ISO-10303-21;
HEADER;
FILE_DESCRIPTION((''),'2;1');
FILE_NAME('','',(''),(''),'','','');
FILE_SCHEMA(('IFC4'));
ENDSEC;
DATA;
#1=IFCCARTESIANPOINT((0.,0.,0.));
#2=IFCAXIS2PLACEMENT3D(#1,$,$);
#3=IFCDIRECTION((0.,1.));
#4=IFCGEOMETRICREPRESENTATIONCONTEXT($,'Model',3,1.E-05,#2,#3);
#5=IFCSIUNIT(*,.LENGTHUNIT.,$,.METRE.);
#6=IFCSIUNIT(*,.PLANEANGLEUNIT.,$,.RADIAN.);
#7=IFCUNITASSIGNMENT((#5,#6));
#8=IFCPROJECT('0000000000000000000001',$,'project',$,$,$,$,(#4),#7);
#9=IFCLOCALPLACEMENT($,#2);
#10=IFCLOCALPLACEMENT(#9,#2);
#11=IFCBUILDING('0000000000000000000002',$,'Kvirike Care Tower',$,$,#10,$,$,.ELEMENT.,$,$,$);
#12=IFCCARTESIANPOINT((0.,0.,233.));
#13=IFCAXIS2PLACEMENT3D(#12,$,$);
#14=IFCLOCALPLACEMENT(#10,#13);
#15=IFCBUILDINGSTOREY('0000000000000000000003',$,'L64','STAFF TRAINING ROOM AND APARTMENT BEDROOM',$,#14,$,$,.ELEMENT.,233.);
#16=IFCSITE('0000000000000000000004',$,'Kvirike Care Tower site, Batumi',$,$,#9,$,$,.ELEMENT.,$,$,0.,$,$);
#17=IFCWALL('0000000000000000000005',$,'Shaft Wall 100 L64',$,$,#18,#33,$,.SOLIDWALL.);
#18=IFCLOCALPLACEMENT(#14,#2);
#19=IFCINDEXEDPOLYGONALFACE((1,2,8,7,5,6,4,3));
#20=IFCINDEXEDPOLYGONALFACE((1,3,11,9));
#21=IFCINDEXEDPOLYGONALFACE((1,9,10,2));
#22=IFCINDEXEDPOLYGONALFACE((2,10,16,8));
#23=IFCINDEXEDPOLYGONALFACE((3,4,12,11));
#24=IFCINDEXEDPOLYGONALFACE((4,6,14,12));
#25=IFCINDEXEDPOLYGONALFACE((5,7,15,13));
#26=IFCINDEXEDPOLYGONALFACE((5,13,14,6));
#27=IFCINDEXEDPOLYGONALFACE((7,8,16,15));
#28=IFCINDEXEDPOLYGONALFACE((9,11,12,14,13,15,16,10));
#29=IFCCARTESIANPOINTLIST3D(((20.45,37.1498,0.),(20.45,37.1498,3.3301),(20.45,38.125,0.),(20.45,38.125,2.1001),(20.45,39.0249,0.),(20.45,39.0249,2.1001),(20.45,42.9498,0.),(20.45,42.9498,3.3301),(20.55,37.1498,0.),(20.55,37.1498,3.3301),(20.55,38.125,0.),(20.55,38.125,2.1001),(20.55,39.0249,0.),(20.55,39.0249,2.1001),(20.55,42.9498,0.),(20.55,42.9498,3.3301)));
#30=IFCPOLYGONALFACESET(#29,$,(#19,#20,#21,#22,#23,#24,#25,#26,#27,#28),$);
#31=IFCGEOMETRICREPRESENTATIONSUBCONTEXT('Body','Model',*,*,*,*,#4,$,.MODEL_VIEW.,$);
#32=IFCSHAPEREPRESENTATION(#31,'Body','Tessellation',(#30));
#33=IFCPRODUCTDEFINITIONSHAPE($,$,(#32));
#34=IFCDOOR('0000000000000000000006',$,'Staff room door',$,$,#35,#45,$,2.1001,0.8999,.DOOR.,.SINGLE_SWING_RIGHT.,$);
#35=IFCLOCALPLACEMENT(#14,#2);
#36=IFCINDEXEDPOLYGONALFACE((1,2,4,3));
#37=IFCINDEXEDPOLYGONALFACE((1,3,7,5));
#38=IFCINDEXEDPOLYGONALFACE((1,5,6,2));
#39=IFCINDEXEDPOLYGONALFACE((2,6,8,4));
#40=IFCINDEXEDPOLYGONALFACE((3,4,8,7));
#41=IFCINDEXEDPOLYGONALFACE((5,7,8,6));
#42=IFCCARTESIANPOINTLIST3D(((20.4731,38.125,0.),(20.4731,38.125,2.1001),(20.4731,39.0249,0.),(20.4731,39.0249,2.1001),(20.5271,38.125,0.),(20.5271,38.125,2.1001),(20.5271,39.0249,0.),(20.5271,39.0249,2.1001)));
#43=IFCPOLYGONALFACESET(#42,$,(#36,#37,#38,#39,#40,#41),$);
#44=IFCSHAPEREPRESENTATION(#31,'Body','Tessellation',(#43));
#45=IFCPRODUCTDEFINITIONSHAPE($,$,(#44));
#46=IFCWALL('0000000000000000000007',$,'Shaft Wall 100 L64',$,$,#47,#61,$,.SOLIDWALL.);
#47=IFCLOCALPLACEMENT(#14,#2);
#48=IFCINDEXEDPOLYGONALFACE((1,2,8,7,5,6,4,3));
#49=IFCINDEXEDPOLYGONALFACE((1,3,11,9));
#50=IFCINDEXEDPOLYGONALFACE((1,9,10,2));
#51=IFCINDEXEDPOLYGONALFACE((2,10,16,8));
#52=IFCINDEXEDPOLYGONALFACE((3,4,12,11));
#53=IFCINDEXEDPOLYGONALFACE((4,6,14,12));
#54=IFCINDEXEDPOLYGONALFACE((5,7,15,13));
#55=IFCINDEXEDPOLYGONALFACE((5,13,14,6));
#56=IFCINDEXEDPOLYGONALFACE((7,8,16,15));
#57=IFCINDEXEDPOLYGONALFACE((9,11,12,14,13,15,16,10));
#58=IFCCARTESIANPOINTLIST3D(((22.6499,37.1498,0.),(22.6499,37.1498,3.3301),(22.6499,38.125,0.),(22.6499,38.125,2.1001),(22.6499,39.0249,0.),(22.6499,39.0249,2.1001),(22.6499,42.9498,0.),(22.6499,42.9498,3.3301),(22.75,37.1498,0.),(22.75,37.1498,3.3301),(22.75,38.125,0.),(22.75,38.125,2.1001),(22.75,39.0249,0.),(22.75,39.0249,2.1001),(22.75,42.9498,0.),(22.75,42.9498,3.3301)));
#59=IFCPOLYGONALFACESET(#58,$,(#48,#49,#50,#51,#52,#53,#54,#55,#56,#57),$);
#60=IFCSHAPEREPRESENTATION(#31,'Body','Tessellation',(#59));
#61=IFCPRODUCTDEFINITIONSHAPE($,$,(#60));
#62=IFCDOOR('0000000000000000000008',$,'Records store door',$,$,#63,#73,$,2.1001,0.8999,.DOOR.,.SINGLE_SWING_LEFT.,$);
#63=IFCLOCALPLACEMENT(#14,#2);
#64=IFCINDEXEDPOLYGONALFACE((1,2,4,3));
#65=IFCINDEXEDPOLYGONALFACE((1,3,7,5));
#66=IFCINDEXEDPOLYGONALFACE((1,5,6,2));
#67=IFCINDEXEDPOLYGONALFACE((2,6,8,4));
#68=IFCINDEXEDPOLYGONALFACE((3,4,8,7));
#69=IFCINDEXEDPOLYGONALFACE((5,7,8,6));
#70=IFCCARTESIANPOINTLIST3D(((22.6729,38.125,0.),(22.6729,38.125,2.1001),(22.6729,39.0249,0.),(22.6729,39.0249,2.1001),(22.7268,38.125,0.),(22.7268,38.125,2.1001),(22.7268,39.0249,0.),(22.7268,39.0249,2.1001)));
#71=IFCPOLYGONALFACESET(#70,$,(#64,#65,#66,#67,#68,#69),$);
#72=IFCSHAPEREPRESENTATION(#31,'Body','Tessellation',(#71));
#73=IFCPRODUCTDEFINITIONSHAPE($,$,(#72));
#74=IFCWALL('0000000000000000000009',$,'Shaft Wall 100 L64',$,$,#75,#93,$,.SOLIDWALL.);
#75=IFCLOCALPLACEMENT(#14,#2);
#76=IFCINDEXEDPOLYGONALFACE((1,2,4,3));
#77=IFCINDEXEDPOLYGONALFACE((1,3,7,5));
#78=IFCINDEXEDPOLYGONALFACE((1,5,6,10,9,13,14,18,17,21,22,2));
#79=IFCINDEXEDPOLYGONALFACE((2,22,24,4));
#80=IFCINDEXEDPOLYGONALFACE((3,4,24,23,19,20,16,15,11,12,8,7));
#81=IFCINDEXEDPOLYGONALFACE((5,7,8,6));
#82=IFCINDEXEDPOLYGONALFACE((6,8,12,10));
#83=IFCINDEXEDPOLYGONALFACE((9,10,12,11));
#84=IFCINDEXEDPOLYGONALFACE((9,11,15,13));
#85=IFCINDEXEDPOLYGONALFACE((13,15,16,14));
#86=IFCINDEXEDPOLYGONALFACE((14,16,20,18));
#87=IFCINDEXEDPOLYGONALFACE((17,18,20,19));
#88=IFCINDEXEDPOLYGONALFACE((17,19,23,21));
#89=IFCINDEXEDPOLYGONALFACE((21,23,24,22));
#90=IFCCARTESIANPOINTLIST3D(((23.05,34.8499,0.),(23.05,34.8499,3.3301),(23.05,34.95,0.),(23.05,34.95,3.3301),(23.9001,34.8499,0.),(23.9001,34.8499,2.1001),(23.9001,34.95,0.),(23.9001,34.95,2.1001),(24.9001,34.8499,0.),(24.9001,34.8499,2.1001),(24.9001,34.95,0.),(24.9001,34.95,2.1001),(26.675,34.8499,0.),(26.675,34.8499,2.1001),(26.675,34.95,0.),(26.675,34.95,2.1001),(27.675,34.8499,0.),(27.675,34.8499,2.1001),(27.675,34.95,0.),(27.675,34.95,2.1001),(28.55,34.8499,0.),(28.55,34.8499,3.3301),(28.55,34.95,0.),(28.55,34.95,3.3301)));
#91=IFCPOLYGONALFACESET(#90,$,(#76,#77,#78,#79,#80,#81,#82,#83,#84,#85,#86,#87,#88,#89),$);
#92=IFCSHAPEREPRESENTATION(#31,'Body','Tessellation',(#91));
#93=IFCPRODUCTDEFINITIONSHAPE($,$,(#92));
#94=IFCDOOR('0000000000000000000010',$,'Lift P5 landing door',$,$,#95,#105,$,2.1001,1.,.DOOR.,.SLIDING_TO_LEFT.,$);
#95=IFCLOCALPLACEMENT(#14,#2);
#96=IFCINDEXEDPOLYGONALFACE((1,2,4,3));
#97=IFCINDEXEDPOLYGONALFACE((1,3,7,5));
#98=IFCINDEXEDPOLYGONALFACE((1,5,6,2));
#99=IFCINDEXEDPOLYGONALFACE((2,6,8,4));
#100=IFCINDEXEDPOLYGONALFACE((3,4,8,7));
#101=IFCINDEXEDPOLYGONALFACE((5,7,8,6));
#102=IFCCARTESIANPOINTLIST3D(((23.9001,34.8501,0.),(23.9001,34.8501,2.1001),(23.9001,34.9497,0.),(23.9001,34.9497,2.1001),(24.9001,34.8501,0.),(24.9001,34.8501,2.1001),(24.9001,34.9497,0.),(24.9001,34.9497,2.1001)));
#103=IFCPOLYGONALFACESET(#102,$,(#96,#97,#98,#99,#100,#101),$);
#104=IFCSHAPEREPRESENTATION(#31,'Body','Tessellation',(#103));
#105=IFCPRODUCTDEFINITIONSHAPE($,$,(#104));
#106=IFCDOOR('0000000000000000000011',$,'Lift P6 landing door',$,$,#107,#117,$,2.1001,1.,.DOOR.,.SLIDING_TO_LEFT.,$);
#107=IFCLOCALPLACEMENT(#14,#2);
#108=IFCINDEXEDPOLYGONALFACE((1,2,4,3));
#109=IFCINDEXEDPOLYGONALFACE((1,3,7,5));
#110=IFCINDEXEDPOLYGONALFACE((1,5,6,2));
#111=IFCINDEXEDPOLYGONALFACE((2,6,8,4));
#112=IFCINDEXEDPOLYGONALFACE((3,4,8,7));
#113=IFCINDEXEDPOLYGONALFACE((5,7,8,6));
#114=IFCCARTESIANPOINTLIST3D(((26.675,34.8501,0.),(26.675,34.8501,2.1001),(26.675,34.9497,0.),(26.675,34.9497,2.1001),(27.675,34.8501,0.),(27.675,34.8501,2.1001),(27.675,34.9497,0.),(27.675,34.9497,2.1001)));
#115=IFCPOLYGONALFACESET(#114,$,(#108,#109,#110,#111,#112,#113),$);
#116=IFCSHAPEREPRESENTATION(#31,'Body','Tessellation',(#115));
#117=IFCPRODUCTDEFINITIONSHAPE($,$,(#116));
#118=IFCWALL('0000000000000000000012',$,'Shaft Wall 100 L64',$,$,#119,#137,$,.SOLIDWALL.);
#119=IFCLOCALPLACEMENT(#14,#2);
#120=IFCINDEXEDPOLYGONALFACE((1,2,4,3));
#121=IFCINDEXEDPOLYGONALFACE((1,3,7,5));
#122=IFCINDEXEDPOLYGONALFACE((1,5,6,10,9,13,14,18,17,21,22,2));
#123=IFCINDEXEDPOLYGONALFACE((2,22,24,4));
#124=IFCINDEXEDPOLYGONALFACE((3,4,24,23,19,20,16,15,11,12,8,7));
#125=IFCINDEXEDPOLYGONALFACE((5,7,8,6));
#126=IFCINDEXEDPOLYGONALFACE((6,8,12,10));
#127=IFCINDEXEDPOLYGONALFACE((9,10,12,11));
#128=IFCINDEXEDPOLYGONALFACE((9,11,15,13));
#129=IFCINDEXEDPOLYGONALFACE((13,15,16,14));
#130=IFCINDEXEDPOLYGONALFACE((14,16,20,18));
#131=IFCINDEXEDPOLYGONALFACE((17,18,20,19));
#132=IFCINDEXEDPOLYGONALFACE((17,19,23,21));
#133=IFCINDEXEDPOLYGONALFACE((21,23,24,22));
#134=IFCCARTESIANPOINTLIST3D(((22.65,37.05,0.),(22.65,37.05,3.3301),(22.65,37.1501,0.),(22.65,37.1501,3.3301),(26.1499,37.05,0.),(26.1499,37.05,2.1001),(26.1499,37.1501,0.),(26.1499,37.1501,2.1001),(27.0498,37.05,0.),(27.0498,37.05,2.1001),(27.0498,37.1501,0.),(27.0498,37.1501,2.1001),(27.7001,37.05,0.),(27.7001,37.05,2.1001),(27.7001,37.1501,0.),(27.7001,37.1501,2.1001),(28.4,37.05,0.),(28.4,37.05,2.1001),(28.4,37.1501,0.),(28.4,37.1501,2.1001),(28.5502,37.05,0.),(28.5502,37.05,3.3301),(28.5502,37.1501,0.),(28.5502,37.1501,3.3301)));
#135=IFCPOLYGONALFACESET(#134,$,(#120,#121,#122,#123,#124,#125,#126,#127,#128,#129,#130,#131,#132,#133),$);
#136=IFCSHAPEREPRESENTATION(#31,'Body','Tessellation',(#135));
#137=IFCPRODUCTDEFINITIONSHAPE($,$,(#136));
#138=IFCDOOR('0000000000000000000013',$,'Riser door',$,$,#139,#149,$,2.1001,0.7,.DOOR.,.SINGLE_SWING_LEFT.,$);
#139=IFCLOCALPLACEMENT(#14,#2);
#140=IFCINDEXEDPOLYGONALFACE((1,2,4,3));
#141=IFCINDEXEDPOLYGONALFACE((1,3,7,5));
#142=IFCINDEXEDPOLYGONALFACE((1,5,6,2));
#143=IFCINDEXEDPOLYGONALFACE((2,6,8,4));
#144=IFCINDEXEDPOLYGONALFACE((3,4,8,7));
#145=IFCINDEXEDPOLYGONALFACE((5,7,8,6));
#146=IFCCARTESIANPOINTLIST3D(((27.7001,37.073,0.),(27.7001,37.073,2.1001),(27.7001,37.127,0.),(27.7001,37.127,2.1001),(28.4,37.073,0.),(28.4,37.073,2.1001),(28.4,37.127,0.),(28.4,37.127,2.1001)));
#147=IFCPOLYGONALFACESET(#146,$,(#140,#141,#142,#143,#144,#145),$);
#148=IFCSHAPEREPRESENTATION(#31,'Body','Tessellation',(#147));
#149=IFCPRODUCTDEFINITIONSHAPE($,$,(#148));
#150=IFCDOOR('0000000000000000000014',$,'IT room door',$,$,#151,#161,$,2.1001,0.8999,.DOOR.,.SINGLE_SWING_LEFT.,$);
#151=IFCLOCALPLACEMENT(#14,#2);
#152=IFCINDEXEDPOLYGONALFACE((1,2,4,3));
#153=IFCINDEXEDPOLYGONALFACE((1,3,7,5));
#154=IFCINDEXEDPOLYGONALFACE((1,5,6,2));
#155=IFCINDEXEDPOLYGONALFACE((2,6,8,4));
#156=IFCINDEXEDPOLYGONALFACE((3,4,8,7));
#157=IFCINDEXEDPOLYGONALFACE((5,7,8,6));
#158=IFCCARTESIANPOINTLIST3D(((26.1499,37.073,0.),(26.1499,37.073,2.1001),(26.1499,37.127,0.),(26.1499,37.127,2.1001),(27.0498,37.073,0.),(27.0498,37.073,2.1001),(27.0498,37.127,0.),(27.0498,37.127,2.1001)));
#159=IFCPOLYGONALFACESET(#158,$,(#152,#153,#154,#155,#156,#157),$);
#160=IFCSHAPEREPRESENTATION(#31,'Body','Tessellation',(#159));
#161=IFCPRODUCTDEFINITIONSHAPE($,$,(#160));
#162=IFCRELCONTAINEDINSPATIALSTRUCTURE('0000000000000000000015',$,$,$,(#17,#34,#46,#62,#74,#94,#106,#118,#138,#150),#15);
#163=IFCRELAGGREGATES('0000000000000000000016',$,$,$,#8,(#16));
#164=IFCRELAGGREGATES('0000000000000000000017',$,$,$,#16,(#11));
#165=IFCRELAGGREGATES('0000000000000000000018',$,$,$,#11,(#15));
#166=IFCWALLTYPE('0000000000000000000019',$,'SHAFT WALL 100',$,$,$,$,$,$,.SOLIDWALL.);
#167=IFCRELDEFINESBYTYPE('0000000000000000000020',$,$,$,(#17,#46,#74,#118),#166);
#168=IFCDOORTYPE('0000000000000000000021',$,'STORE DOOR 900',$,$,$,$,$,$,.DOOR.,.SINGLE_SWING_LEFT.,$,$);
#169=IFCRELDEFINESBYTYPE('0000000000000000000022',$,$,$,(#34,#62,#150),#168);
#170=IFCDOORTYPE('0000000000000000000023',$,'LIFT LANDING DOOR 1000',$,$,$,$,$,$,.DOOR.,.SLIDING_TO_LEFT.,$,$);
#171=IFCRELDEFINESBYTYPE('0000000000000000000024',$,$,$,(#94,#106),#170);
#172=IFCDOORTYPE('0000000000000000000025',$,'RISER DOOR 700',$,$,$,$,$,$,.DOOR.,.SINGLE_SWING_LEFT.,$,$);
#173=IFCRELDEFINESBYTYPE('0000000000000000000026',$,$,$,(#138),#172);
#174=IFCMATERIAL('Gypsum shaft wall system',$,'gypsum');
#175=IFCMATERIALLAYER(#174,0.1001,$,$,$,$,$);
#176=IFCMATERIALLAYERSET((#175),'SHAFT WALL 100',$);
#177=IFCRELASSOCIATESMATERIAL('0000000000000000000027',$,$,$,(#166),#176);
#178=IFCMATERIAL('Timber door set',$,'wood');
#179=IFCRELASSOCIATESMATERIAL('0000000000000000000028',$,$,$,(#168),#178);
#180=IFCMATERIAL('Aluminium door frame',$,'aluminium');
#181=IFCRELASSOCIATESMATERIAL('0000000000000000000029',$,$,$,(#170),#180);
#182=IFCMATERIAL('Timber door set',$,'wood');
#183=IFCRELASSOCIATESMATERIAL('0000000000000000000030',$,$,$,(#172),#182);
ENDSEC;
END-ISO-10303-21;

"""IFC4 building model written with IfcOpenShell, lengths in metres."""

from ifc_helpers import new_model, si_unit, direction, frame, frame_2d, origin, place, context, subcontext, project, spatial, rectangle, extrude, material, layer, layer_set, type_object, element, fill, save


model = new_model("IFC4")

# Units and contexts
model_context = context("Model", 3, precision=1e-05, world=origin(), true_north=direction((0.0, 1.0)))
body_context = subcontext(model_context, "Body", "Model", "MODEL_VIEW")
ifc_project = project(units=[si_unit("LENGTHUNIT", "METRE"), si_unit("PLANEANGLEUNIT", "RADIAN")], contexts=[model_context])

# Site, building, storey
site_placement = place(None, origin())
site = spatial("IfcSite", under=ifc_project, at=site_placement, Name="Kvirike Care Tower site, Batumi", CompositionType="ELEMENT", RefElevation=0.0)
building_placement = place(site_placement, origin())
building = spatial("IfcBuilding", under=site, at=building_placement, Name="Kvirike Care Tower", CompositionType="ELEMENT")
storey_placement = place(building_placement, frame((0.0, 0.0, 233.0)))
storey = spatial("IfcBuildingStorey", under=building, at=storey_placement, Name="L64", Description="STAFF TRAINING ROOM AND APARTMENT BEDROOM", CompositionType="ELEMENT", Elevation=233.0)

# Shared definitions
ifc_material_1 = material(Name="Gypsum shaft wall system", Category="gypsum")
ifc_layer_1 = layer(ifc_material_1, 0.1001)
ifc_layer_set_1 = layer_set([ifc_layer_1], Name="SHAFT WALL 100")
wall_type = type_object("IfcWallType", Name="SHAFT WALL 100", PredefinedType="SOLIDWALL", material=ifc_layer_set_1)

# Walls, openings, doors
wall_1_placement = place(storey_placement, frame((20.5, 37.1499, 0.0), z_axis=(0.0, 0.0, 1.0), x_axis=(0.0, 1.0, 0.0)))
wall_1 = element("IfcWall", 1, at=wall_1_placement, inside=storey, type_object=wall_type, Name="Shaft Wall 100 L64", PredefinedType="SOLIDWALL", context=body_context, shape_type="SweptSolid", body=[
    extrude(rectangle(XDim=5.8, YDim=0.1001, at=frame_2d((2.8999, 0.0))), origin(), (0.0, 0.0, 1.0), 3.3301),
])
opening_1_placement = place(wall_1_placement, frame((0.9751, 0.0, 0.0)))
opening_1 = element("IfcOpeningElement", 2, at=opening_1_placement, cuts=wall_1, PredefinedType="OPENING", context=body_context, shape_type="SweptSolid", body=[
    extrude(rectangle(XDim=0.8999, YDim=2.1001, at=frame_2d((0.45, 1.05))), frame((0.0, 0.0605, 0.0), z_axis=(0.0, -1.0, 0.0), x_axis=(1.0, 0.0, 0.0)), (0.0, 0.0, 1.0), 0.1211),
])
ifc_material_2 = material(Name="Timber door set", Category="wood")
door_type_1 = type_object("IfcDoorType", Name="STORE DOOR 900", OperationType="SINGLE_SWING_LEFT", PredefinedType="DOOR", material=ifc_material_2)
door_1_placement = place(opening_1_placement, origin())
door_1 = element("IfcDoor", 3, at=door_1_placement, inside=storey, type_object=door_type_1, Name="Staff room door", OperationType="SINGLE_SWING_RIGHT", OverallHeight=2.1001, OverallWidth=0.8999, PredefinedType="DOOR", context=body_context, shape_type="SweptSolid", body=[
    extrude(rectangle(XDim=0.8999, YDim=2.1001, at=frame_2d((0.45, 1.05))), frame((0.0, 0.0269, 0.0), z_axis=(0.0, -1.0, 0.0), x_axis=(1.0, 0.0, 0.0)), (0.0, 0.0, 1.0), 0.054),
])
fill(opening_1, door_1)
wall_2_placement = place(storey_placement, frame((22.7, 37.1499, 0.0), z_axis=(0.0, 0.0, 1.0), x_axis=(0.0, 1.0, 0.0)))
wall_2 = element("IfcWall", 4, at=wall_2_placement, inside=storey, type_object=wall_type, Name="Shaft Wall 100 L64", PredefinedType="SOLIDWALL", context=body_context, shape_type="SweptSolid", body=[
    extrude(rectangle(XDim=5.8, YDim=0.1001, at=frame_2d((2.8999, 0.0))), origin(), (0.0, 0.0, 1.0), 3.3301),
])
opening_2_placement = place(wall_2_placement, frame((0.9751, 0.0, 0.0)))
opening_2 = element("IfcOpeningElement", 5, at=opening_2_placement, cuts=wall_2, PredefinedType="OPENING", context=body_context, shape_type="SweptSolid", body=[
    extrude(rectangle(XDim=0.8999, YDim=2.1001, at=frame_2d((0.45, 1.05))), frame((0.0, 0.0605, 0.0), z_axis=(0.0, -1.0, 0.0), x_axis=(1.0, 0.0, 0.0)), (0.0, 0.0, 1.0), 0.1211),
])
door_2_placement = place(opening_2_placement, frame((0.8999, 0.0, 0.0), z_axis=(0.0, 0.0, 1.0), x_axis=(-1.0, 0.0, 0.0)))
door_2 = element("IfcDoor", 6, at=door_2_placement, inside=storey, type_object=door_type_1, Name="Records store door", OperationType="SINGLE_SWING_LEFT", OverallHeight=2.1001, OverallWidth=0.8999, PredefinedType="DOOR", context=body_context, shape_type="SweptSolid", body=[
    extrude(rectangle(XDim=0.8999, YDim=2.1001, at=frame_2d((0.45, 1.05))), frame((0.0, 0.0269, 0.0), z_axis=(0.0, -1.0, 0.0), x_axis=(1.0, 0.0, 0.0)), (0.0, 0.0, 1.0), 0.054),
])
fill(opening_2, door_2)

# Walls, openings, doors
wall_3_placement = place(storey_placement, frame((23.05, 34.8999, 0.0), z_axis=(0.0, 0.0, 1.0), x_axis=(1.0, 0.0, 0.0)))
wall_3 = element("IfcWall", 7, at=wall_3_placement, inside=storey, type_object=wall_type, Name="Shaft Wall 100 L64", PredefinedType="SOLIDWALL", context=body_context, shape_type="SweptSolid", body=[
    extrude(rectangle(XDim=5.5, YDim=0.1001, at=frame_2d((2.75, 0.0))), origin(), (0.0, 0.0, 1.0), 3.3301),
])
opening_3_placement = place(wall_3_placement, frame((0.8501, 0.0, 0.0)))
opening_3 = element("IfcOpeningElement", 8, at=opening_3_placement, cuts=wall_3, PredefinedType="OPENING", context=body_context, shape_type="SweptSolid", body=[
    extrude(rectangle(XDim=1.0, YDim=2.1001, at=frame_2d((0.5, 1.05))), frame((0.0, 0.0605, 0.0), z_axis=(0.0, -1.0, 0.0), x_axis=(1.0, 0.0, 0.0)), (0.0, 0.0, 1.0), 0.1211),
])
opening_4_placement = place(wall_3_placement, frame((3.625, 0.0, 0.0)))
opening_4 = element("IfcOpeningElement", 9, at=opening_4_placement, cuts=wall_3, PredefinedType="OPENING", context=body_context, shape_type="SweptSolid", body=[
    extrude(rectangle(XDim=1.0, YDim=2.1001, at=frame_2d((0.5, 1.05))), frame((0.0, 0.0605, 0.0), z_axis=(0.0, -1.0, 0.0), x_axis=(1.0, 0.0, 0.0)), (0.0, 0.0, 1.0), 0.1211),
])
ifc_material_3 = material(Name="Aluminium door frame", Category="aluminium")
door_type_2 = type_object("IfcDoorType", Name="LIFT LANDING DOOR 1000", OperationType="SLIDING_TO_LEFT", PredefinedType="DOOR", material=ifc_material_3)
door_3_placement = place(opening_3_placement, origin())
door_3 = element("IfcDoor", 10, at=door_3_placement, inside=storey, type_object=door_type_2, Name="Lift P5 landing door", OperationType="SLIDING_TO_LEFT", OverallHeight=2.1001, OverallWidth=1.0, PredefinedType="DOOR", context=body_context, shape_type="SweptSolid", body=[
    extrude(rectangle(XDim=1.0, YDim=2.1001, at=frame_2d((0.5, 1.05))), frame((0.0, 0.0498, 0.0), z_axis=(0.0, -1.0, 0.0), x_axis=(1.0, 0.0, 0.0)), (0.0, 0.0, 1.0), 0.0996),
])
fill(opening_3, door_3)
door_4_placement = place(opening_4_placement, origin())
door_4 = element("IfcDoor", 11, at=door_4_placement, inside=storey, type_object=door_type_2, Name="Lift P6 landing door", OperationType="SLIDING_TO_LEFT", OverallHeight=2.1001, OverallWidth=1.0, PredefinedType="DOOR", context=body_context, shape_type="SweptSolid", body=[
    extrude(rectangle(XDim=1.0, YDim=2.1001, at=frame_2d((0.5, 1.05))), frame((0.0, 0.0498, 0.0), z_axis=(0.0, -1.0, 0.0), x_axis=(1.0, 0.0, 0.0)), (0.0, 0.0, 1.0), 0.0996),
])
fill(opening_4, door_4)
wall_4_placement = place(storey_placement, frame((22.6499, 37.1001, 0.0), z_axis=(0.0, 0.0, 1.0), x_axis=(1.0, 0.0, 0.0)))
wall_4 = element("IfcWall", 12, at=wall_4_placement, inside=storey, type_object=wall_type, Name="Shaft Wall 100 L64", PredefinedType="SOLIDWALL", context=body_context, shape_type="SweptSolid", body=[
    extrude(rectangle(XDim=5.9001, YDim=0.1001, at=frame_2d((2.9502, 0.0))), origin(), (0.0, 0.0, 1.0), 3.3301),
])
opening_5_placement = place(wall_4_placement, frame((3.5, 0.0, 0.0)))
opening_5 = element("IfcOpeningElement", 13, at=opening_5_placement, cuts=wall_4, PredefinedType="OPENING", context=body_context, shape_type="SweptSolid", body=[
    extrude(rectangle(XDim=0.8999, YDim=2.1001, at=frame_2d((0.45, 1.05))), frame((0.0, 0.0605, 0.0), z_axis=(0.0, -1.0, 0.0), x_axis=(1.0, 0.0, 0.0)), (0.0, 0.0, 1.0), 0.1211),
])
opening_6_placement = place(wall_4_placement, frame((5.05, 0.0, 0.0)))
opening_6 = element("IfcOpeningElement", 14, at=opening_6_placement, cuts=wall_4, PredefinedType="OPENING", context=body_context, shape_type="SweptSolid", body=[
    extrude(rectangle(XDim=0.7, YDim=2.1001, at=frame_2d((0.3501, 1.05))), frame((0.0, 0.0605, 0.0), z_axis=(0.0, -1.0, 0.0), x_axis=(1.0, 0.0, 0.0)), (0.0, 0.0, 1.0), 0.1211),
])
ifc_material_4 = material(Name="Timber door set", Category="wood")
door_type_3 = type_object("IfcDoorType", Name="RISER DOOR 700", OperationType="SINGLE_SWING_LEFT", PredefinedType="DOOR", material=ifc_material_4)
door_5_placement = place(opening_6_placement, origin())
door_5 = element("IfcDoor", 15, at=door_5_placement, inside=storey, type_object=door_type_3, Name="Riser door", OperationType="SINGLE_SWING_LEFT", OverallHeight=2.1001, OverallWidth=0.7, PredefinedType="DOOR", context=body_context, shape_type="SweptSolid", body=[
    extrude(rectangle(XDim=0.7, YDim=2.1001, at=frame_2d((0.3501, 1.05))), frame((0.0, 0.0269, 0.0), z_axis=(0.0, -1.0, 0.0), x_axis=(1.0, 0.0, 0.0)), (0.0, 0.0, 1.0), 0.054),
])
fill(opening_6, door_5)
door_6_placement = place(opening_5_placement, origin())
door_6 = element("IfcDoor", 16, at=door_6_placement, inside=storey, type_object=door_type_1, Name="IT room door", OperationType="SINGLE_SWING_LEFT", OverallHeight=2.1001, OverallWidth=0.8999, PredefinedType="DOOR", context=body_context, shape_type="SweptSolid", body=[
    extrude(rectangle(XDim=0.8999, YDim=2.1001, at=frame_2d((0.45, 1.05))), frame((0.0, 0.0269, 0.0), z_axis=(0.0, -1.0, 0.0), x_axis=(1.0, 0.0, 0.0)), (0.0, 0.0, 1.0), 0.054),
])
fill(opening_5, door_6)

save(model, "model.ifc")
